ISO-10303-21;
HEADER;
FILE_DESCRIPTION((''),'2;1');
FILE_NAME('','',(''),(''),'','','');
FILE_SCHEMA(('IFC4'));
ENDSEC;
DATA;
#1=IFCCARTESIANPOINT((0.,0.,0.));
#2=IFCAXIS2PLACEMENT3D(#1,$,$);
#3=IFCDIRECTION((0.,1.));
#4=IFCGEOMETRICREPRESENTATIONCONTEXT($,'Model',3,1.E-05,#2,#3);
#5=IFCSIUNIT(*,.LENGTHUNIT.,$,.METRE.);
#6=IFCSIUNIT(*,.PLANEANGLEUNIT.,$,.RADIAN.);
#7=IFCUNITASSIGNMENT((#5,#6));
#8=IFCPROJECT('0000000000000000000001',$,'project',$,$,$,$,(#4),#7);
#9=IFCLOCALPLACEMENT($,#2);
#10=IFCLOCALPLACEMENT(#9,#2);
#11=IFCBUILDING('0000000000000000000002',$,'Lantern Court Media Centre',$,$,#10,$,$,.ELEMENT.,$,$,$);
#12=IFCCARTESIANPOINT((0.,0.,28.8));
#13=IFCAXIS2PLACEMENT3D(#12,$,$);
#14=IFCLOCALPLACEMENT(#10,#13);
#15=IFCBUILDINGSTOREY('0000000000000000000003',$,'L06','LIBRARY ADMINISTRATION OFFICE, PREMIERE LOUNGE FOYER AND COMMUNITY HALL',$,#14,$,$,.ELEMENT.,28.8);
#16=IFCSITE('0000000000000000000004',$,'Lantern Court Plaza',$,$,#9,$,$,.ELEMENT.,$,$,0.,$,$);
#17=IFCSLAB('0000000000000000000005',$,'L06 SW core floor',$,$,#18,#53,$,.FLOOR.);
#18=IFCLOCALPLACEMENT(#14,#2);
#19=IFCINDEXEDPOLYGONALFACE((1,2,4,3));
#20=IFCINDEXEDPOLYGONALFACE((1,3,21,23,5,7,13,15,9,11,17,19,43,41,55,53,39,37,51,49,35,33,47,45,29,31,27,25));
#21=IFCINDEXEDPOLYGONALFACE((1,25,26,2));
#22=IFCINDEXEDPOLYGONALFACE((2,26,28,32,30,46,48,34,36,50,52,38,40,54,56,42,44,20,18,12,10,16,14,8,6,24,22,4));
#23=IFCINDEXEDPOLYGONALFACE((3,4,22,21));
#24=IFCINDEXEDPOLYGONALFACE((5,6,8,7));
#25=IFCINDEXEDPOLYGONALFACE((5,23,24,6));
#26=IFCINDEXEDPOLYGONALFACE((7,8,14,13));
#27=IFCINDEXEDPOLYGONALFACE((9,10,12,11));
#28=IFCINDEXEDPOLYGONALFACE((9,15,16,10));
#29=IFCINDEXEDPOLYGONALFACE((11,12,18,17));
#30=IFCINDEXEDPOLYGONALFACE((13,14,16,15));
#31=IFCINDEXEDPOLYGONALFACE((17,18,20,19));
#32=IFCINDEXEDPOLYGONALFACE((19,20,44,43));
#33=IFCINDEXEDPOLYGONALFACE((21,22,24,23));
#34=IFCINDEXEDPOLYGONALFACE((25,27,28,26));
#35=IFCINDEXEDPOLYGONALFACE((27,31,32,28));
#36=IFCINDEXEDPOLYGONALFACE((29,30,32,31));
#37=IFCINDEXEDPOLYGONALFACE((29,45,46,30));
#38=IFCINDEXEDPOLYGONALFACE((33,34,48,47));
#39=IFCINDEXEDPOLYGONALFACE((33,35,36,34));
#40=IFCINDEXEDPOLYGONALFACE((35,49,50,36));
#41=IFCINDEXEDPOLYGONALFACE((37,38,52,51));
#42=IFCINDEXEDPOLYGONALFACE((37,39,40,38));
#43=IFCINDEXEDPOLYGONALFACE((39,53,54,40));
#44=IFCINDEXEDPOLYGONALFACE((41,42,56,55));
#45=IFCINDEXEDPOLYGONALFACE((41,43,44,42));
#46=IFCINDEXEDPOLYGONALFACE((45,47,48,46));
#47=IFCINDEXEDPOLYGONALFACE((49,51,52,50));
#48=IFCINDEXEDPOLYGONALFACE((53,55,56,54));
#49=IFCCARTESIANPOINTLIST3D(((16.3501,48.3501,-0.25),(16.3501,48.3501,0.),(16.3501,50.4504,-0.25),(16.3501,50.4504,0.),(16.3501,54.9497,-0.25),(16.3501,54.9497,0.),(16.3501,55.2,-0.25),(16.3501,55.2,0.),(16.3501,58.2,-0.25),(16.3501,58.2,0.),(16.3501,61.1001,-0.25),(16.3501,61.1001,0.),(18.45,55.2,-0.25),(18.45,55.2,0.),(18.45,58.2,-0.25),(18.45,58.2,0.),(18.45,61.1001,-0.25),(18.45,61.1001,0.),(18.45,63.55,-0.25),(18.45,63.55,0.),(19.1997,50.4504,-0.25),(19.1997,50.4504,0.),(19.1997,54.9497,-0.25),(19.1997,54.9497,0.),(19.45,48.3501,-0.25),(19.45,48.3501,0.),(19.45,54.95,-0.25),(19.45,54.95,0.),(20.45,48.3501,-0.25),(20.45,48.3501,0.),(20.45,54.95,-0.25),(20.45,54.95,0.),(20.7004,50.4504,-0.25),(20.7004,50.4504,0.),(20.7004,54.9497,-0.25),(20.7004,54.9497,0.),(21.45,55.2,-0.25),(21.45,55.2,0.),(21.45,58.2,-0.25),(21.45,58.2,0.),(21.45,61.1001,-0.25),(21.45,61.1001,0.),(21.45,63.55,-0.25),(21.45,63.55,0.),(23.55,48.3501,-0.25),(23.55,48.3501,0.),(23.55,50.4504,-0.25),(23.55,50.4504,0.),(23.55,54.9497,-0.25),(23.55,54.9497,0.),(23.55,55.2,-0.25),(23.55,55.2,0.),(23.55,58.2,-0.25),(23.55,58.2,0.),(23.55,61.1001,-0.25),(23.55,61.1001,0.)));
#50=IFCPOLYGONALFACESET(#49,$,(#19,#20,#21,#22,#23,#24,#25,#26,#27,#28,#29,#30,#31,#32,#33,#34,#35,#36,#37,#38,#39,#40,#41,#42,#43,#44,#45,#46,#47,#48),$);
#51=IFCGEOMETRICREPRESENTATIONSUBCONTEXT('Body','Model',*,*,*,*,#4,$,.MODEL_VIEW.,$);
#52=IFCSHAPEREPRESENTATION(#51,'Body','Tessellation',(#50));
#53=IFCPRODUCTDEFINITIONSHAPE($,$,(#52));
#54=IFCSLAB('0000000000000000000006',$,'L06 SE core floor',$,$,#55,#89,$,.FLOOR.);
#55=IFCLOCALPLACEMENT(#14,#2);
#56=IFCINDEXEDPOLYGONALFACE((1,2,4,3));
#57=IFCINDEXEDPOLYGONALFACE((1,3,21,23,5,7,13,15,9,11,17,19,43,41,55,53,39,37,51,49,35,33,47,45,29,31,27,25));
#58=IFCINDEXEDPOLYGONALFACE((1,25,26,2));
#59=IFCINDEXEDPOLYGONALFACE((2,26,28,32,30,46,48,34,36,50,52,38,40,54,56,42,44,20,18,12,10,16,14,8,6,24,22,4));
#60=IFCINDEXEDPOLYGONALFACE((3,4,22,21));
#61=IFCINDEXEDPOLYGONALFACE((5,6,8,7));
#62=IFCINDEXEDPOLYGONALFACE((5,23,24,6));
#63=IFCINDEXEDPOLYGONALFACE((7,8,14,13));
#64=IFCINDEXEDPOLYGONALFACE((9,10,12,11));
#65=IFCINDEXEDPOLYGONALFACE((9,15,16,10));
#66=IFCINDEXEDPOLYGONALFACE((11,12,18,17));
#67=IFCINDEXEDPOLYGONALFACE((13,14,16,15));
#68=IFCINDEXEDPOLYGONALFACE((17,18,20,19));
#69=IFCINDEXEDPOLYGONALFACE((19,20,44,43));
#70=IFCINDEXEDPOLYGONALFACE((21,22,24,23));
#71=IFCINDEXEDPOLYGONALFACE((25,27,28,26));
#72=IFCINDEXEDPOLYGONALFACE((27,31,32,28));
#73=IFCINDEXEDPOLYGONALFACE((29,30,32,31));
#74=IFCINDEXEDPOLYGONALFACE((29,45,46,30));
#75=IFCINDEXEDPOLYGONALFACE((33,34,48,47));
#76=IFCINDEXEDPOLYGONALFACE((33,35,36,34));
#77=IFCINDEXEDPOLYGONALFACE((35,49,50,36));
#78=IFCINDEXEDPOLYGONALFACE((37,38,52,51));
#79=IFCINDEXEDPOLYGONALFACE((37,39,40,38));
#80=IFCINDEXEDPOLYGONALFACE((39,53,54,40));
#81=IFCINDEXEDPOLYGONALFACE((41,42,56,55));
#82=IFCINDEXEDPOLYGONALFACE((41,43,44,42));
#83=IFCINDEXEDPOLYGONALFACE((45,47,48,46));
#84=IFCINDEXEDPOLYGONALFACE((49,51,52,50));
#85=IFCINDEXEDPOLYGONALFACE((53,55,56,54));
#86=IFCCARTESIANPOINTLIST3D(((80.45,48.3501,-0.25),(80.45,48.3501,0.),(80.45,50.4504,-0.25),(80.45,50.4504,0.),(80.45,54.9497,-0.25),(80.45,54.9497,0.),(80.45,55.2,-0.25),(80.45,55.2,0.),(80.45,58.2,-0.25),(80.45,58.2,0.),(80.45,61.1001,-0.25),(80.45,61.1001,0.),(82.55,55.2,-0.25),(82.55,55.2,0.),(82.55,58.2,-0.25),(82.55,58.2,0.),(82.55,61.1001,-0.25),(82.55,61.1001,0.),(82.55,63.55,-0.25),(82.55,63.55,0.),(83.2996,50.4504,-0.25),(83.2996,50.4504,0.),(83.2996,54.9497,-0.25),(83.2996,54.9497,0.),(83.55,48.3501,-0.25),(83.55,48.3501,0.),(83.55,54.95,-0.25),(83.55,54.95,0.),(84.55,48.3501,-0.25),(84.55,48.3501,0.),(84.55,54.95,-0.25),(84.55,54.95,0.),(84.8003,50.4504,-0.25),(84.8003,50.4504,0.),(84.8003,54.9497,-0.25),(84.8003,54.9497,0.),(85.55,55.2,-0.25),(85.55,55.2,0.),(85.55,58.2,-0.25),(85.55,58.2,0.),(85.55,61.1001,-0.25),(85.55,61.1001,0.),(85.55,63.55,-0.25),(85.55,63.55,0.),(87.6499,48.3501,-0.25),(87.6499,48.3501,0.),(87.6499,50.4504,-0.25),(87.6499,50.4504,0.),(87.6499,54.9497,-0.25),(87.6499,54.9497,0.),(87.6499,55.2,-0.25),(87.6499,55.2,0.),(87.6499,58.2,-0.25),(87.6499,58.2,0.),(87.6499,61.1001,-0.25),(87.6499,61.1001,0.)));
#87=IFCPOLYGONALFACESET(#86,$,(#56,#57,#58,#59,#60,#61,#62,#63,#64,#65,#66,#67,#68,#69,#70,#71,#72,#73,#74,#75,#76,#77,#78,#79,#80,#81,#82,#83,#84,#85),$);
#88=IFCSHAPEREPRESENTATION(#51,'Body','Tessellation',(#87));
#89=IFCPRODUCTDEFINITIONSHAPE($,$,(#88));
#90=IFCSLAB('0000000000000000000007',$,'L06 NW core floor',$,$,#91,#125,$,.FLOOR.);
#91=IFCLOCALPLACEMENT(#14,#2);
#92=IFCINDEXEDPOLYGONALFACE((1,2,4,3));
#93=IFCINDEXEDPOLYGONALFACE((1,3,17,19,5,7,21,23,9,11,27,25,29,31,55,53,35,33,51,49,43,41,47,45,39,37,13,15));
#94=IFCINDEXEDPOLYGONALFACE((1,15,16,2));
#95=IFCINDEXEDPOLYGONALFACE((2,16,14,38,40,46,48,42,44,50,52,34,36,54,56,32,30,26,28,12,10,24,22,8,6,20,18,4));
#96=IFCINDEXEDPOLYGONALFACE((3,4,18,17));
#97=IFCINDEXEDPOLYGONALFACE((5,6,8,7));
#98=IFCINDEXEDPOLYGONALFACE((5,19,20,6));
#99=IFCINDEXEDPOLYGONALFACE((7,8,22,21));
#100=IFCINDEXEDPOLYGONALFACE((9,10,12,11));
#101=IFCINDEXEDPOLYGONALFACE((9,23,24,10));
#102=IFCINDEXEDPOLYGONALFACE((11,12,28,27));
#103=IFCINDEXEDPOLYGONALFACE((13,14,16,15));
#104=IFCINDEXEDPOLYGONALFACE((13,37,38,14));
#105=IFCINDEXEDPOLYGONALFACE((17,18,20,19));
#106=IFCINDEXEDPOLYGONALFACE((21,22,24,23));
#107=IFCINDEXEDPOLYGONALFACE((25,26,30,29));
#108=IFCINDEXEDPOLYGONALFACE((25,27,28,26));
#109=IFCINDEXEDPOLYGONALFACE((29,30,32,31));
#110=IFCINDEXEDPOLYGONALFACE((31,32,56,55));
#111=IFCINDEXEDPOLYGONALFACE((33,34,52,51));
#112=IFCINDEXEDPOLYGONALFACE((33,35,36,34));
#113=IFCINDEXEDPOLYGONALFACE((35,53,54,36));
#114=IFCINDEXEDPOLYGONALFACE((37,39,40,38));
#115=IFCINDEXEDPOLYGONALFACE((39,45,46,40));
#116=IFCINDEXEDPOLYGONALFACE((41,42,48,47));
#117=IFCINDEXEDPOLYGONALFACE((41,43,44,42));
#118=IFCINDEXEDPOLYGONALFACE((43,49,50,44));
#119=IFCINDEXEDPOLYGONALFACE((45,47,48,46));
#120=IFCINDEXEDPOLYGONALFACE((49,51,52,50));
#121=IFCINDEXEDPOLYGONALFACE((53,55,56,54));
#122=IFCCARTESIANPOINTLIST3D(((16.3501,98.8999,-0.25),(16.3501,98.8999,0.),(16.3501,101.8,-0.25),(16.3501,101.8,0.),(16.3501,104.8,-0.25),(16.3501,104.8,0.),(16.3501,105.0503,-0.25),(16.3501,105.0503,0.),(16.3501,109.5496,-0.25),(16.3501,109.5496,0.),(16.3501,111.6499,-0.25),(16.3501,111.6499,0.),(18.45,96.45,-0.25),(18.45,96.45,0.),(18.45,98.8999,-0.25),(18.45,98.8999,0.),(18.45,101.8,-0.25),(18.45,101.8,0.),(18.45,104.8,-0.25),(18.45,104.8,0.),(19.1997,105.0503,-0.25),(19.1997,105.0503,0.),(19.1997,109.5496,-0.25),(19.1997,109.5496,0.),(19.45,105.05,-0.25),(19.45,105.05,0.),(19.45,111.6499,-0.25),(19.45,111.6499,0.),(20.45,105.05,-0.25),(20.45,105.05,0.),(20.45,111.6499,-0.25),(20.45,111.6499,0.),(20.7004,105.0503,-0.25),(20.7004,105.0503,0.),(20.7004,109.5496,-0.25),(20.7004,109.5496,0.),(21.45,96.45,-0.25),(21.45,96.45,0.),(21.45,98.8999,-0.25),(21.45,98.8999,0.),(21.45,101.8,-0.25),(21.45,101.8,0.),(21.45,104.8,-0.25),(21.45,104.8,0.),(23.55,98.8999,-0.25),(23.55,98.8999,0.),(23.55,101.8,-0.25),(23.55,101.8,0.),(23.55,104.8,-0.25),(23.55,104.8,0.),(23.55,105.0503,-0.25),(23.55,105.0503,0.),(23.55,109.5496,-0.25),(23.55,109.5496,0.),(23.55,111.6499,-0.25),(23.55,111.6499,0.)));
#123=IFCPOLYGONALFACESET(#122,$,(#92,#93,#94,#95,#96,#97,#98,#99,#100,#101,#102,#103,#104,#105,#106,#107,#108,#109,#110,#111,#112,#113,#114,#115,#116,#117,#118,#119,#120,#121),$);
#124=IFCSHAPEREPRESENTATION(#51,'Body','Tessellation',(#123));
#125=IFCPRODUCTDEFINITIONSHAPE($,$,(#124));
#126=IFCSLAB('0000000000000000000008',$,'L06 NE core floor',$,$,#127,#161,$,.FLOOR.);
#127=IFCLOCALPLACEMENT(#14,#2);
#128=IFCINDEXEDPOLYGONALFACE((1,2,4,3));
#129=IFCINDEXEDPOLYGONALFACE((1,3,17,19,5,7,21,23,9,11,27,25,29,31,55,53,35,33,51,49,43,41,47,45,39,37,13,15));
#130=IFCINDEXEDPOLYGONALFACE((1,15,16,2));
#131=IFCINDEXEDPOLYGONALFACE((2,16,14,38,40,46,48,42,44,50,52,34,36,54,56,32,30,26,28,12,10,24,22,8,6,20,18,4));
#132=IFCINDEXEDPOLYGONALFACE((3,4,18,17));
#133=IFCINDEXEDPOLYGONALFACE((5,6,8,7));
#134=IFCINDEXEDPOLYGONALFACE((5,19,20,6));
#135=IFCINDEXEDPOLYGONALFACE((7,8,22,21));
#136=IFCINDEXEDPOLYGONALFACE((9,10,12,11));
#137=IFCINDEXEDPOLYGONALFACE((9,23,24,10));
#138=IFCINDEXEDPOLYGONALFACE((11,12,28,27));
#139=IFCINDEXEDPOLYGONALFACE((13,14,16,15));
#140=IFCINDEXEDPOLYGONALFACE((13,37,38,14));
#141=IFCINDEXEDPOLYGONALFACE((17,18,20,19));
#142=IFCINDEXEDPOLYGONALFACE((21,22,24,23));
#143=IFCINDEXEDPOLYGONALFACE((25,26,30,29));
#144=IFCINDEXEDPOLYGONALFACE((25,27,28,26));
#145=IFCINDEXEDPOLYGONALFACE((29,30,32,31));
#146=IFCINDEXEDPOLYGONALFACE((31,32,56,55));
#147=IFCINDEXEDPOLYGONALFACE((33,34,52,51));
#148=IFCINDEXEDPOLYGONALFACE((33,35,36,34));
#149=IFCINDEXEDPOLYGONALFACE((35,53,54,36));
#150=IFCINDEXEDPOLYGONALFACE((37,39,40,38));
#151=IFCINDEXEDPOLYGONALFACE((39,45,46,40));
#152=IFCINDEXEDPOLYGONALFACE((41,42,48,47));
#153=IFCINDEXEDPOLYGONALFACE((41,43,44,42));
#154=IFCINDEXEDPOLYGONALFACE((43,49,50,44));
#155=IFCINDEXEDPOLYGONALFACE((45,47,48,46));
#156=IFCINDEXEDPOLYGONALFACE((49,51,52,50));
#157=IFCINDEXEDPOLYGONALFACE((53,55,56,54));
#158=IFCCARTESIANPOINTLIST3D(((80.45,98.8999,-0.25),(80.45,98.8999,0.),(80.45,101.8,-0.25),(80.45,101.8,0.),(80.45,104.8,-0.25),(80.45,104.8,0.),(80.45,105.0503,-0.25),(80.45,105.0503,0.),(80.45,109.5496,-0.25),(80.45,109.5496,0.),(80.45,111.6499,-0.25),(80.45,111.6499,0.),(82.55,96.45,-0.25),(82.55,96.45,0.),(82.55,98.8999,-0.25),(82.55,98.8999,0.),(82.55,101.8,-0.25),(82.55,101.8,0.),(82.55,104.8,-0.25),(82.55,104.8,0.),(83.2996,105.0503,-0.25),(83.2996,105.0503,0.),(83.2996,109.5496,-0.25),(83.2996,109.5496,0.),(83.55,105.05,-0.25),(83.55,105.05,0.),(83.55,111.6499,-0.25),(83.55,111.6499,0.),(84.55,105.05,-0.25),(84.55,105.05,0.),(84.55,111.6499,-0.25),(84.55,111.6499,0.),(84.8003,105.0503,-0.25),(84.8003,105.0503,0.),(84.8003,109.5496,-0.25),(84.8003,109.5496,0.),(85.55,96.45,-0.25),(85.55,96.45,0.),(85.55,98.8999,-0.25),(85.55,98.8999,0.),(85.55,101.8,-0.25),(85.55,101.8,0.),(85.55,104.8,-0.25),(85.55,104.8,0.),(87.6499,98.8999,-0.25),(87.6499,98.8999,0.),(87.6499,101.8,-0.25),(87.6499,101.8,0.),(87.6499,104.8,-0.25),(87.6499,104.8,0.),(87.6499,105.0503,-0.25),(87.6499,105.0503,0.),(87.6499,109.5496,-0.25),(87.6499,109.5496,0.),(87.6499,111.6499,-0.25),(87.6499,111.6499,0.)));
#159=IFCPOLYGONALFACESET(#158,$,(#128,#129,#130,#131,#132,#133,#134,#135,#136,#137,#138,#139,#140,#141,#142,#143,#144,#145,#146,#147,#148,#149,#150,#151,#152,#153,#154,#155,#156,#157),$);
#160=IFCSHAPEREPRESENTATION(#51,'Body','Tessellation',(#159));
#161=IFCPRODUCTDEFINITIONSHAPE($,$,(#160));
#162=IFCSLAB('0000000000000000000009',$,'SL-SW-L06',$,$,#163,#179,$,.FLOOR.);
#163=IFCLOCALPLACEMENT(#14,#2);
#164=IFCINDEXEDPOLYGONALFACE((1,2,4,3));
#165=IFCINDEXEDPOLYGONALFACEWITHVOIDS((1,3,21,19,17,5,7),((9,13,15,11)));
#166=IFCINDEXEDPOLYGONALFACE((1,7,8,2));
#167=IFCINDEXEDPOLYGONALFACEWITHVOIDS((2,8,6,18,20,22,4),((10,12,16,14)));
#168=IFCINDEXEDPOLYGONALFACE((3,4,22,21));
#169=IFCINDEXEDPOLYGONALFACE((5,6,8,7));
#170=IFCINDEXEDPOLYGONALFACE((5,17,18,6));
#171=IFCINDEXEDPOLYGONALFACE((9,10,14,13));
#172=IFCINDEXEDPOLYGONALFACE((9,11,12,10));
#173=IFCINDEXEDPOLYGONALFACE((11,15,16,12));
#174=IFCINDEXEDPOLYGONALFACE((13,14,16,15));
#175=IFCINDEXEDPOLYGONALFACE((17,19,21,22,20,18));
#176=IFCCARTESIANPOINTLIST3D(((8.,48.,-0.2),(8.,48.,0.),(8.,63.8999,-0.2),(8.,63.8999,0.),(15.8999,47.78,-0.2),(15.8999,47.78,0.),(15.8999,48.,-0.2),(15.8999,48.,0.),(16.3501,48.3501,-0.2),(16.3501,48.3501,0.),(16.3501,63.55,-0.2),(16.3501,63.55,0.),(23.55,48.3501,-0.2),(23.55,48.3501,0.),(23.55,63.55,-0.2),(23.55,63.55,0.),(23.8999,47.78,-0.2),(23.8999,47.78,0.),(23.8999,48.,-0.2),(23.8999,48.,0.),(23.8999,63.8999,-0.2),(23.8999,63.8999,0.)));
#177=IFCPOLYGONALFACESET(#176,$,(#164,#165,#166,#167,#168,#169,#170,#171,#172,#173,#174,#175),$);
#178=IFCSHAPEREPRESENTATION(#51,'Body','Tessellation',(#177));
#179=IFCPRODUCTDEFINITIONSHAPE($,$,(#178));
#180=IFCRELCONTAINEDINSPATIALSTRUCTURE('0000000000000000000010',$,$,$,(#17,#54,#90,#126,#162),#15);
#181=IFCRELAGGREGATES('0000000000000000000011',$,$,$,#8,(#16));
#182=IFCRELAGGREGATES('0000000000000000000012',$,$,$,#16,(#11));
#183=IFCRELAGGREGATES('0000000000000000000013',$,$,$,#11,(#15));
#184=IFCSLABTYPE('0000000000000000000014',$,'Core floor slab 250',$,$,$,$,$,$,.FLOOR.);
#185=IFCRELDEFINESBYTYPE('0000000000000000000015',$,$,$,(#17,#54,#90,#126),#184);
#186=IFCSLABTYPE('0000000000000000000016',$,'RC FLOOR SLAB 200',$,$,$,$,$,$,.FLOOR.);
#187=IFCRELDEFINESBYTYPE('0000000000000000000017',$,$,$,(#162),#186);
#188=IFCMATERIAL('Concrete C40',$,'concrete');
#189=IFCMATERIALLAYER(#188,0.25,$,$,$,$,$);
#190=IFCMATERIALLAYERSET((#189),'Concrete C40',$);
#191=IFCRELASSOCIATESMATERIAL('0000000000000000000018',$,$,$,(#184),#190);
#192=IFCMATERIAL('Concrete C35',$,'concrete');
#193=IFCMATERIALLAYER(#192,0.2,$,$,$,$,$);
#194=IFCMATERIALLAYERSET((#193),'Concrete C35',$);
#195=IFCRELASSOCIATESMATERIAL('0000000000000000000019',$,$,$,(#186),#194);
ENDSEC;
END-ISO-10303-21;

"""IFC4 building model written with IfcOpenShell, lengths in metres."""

from ifc_helpers import new_model, si_unit, direction, frame, origin, place, context, subcontext, project, spatial, polyline, outline, extrude, material, layer, layer_set, type_object, element, save


model = new_model("IFC4")

# Units and contexts
model_context = context("Model", 3, precision=1e-05, world=origin(), true_north=direction((0.0, 1.0)))
body_context = subcontext(model_context, "Body", "Model", "MODEL_VIEW")
ifc_project = project(units=[si_unit("LENGTHUNIT", "METRE"), si_unit("PLANEANGLEUNIT", "RADIAN")], contexts=[model_context])

# Site, building, storey
site_placement = place(None, origin())
site = spatial("IfcSite", under=ifc_project, at=site_placement, Name="Lantern Court Plaza", CompositionType="ELEMENT", RefElevation=0.0)
building_placement = place(site_placement, origin())
building = spatial("IfcBuilding", under=site, at=building_placement, Name="Lantern Court Media Centre", CompositionType="ELEMENT")
storey_placement = place(building_placement, frame((0.0, 0.0, 28.8)))
storey = spatial("IfcBuildingStorey", under=building, at=storey_placement, Name="L06", Description="LIBRARY ADMINISTRATION OFFICE, PREMIERE LOUNGE FOYER AND COMMUNITY HALL", CompositionType="ELEMENT", Elevation=28.8)

# Slabs
ifc_material_1 = material(Name="Concrete C40", Category="concrete")
ifc_layer_1 = layer(ifc_material_1, 0.25)
ifc_layer_set_1 = layer_set([ifc_layer_1], Name="Concrete C40")
slab_type_1 = type_object("IfcSlabType", Name="Core floor slab 250", PredefinedType="FLOOR", material=ifc_layer_set_1)
slab_1_placement = place(storey_placement, frame((0.0, 0.0, -0.25)))
element("IfcSlab", 1, at=slab_1_placement, inside=storey, type_object=slab_type_1, Name="L06 SW core floor", PredefinedType="FLOOR", context=body_context, shape_type="SweptSolid", body=[
    extrude(outline(polyline([(16.3501, 58.2), (16.3501, 61.1001), (18.45, 61.1001), (18.45, 63.55), (21.45, 63.55), (21.45, 61.1001), (23.55, 61.1001), (23.55, 58.2), (21.45, 58.2), (21.45, 55.2), (23.55, 55.2), (23.55, 54.9497), (20.7004, 54.9497), (20.7004, 50.4504), (23.55, 50.4504), (23.55, 48.3501), (20.45, 48.3501), (20.45, 54.95), (19.45, 54.95), (19.45, 48.3501), (16.3501, 48.3501), (16.3501, 50.4504), (19.1997, 50.4504), (19.1997, 54.9497), (16.3501, 54.9497), (16.3501, 55.2), (18.45, 55.2), (18.45, 58.2), (16.3501, 58.2)])), origin(), (0.0, 0.0, 1.0), 0.25),
])
slab_2_placement = place(storey_placement, frame((0.0, 0.0, -0.25)))
element("IfcSlab", 2, at=slab_2_placement, inside=storey, type_object=slab_type_1, Name="L06 SE core floor", PredefinedType="FLOOR", context=body_context, shape_type="SweptSolid", body=[
    extrude(outline(polyline([(87.6499, 55.2), (87.6499, 54.9497), (84.8003, 54.9497), (84.8003, 50.4504), (87.6499, 50.4504), (87.6499, 48.3501), (84.55, 48.3501), (84.55, 54.95), (83.55, 54.95), (83.55, 48.3501), (80.45, 48.3501), (80.45, 50.4504), (83.2996, 50.4504), (83.2996, 54.9497), (80.45, 54.9497), (80.45, 55.2), (82.55, 55.2), (82.55, 58.2), (80.45, 58.2), (80.45, 61.1001), (82.55, 61.1001), (82.55, 63.55), (85.55, 63.55), (85.55, 61.1001), (87.6499, 61.1001), (87.6499, 58.2), (85.55, 58.2), (85.55, 55.2), (87.6499, 55.2)])), origin(), (0.0, 0.0, 1.0), 0.25),
])
slab_3_placement = place(storey_placement, frame((0.0, 0.0, -0.25)))
element("IfcSlab", 3, at=slab_3_placement, inside=storey, type_object=slab_type_1, Name="L06 NW core floor", PredefinedType="FLOOR", context=body_context, shape_type="SweptSolid", body=[
    extrude(outline(polyline([(16.3501, 104.8), (16.3501, 105.0503), (19.1997, 105.0503), (19.1997, 109.5496), (16.3501, 109.5496), (16.3501, 111.6499), (19.45, 111.6499), (19.45, 105.05), (20.45, 105.05), (20.45, 111.6499), (23.55, 111.6499), (23.55, 109.5496), (20.7004, 109.5496), (20.7004, 105.0503), (23.55, 105.0503), (23.55, 104.8), (21.45, 104.8), (21.45, 101.8), (23.55, 101.8), (23.55, 98.8999), (21.45, 98.8999), (21.45, 96.45), (18.45, 96.45), (18.45, 98.8999), (16.3501, 98.8999), (16.3501, 101.8), (18.45, 101.8), (18.45, 104.8), (16.3501, 104.8)])), origin(), (0.0, 0.0, 1.0), 0.25),
])
slab_4_placement = place(storey_placement, frame((0.0, 0.0, -0.25)))
element("IfcSlab", 4, at=slab_4_placement, inside=storey, type_object=slab_type_1, Name="L06 NE core floor", PredefinedType="FLOOR", context=body_context, shape_type="SweptSolid", body=[
    extrude(outline(polyline([(87.6499, 101.8), (87.6499, 98.8999), (85.55, 98.8999), (85.55, 96.45), (82.55, 96.45), (82.55, 98.8999), (80.45, 98.8999), (80.45, 101.8), (82.55, 101.8), (82.55, 104.8), (80.45, 104.8), (80.45, 105.0503), (83.2996, 105.0503), (83.2996, 109.5496), (80.45, 109.5496), (80.45, 111.6499), (83.55, 111.6499), (83.55, 105.05), (84.55, 105.05), (84.55, 111.6499), (87.6499, 111.6499), (87.6499, 109.5496), (84.8003, 109.5496), (84.8003, 105.0503), (87.6499, 105.0503), (87.6499, 104.8), (85.55, 104.8), (85.55, 101.8), (87.6499, 101.8)])), origin(), (0.0, 0.0, 1.0), 0.25),
])
ifc_material_2 = material(Name="Concrete C35", Category="concrete")
ifc_layer_2 = layer(ifc_material_2, 0.2)
ifc_layer_set_2 = layer_set([ifc_layer_2], Name="Concrete C35")
slab_type_2 = type_object("IfcSlabType", Name="RC FLOOR SLAB 200", PredefinedType="FLOOR", material=ifc_layer_set_2)
slab_5_placement = place(storey_placement, frame((0.0, 0.0, -0.2)))
element("IfcSlab", 5, at=slab_5_placement, inside=storey, type_object=slab_type_2, Name="SL-SW-L06", PredefinedType="FLOOR", context=body_context, shape_type="SweptSolid", body=[
    extrude(outline(polyline([(8.0, 63.8999), (23.8999, 63.8999), (23.8999, 48.0), (23.8999, 47.78), (15.8999, 47.78), (15.8999, 48.0), (8.0, 48.0), (8.0, 63.8999)]), holes=[polyline([(16.3501, 63.55), (16.3501, 48.3501), (23.55, 48.3501), (23.55, 63.55), (16.3501, 63.55)])]), origin(), (0.0, 0.0, 1.0), 0.2),
])

save(model, "model.ifc")
